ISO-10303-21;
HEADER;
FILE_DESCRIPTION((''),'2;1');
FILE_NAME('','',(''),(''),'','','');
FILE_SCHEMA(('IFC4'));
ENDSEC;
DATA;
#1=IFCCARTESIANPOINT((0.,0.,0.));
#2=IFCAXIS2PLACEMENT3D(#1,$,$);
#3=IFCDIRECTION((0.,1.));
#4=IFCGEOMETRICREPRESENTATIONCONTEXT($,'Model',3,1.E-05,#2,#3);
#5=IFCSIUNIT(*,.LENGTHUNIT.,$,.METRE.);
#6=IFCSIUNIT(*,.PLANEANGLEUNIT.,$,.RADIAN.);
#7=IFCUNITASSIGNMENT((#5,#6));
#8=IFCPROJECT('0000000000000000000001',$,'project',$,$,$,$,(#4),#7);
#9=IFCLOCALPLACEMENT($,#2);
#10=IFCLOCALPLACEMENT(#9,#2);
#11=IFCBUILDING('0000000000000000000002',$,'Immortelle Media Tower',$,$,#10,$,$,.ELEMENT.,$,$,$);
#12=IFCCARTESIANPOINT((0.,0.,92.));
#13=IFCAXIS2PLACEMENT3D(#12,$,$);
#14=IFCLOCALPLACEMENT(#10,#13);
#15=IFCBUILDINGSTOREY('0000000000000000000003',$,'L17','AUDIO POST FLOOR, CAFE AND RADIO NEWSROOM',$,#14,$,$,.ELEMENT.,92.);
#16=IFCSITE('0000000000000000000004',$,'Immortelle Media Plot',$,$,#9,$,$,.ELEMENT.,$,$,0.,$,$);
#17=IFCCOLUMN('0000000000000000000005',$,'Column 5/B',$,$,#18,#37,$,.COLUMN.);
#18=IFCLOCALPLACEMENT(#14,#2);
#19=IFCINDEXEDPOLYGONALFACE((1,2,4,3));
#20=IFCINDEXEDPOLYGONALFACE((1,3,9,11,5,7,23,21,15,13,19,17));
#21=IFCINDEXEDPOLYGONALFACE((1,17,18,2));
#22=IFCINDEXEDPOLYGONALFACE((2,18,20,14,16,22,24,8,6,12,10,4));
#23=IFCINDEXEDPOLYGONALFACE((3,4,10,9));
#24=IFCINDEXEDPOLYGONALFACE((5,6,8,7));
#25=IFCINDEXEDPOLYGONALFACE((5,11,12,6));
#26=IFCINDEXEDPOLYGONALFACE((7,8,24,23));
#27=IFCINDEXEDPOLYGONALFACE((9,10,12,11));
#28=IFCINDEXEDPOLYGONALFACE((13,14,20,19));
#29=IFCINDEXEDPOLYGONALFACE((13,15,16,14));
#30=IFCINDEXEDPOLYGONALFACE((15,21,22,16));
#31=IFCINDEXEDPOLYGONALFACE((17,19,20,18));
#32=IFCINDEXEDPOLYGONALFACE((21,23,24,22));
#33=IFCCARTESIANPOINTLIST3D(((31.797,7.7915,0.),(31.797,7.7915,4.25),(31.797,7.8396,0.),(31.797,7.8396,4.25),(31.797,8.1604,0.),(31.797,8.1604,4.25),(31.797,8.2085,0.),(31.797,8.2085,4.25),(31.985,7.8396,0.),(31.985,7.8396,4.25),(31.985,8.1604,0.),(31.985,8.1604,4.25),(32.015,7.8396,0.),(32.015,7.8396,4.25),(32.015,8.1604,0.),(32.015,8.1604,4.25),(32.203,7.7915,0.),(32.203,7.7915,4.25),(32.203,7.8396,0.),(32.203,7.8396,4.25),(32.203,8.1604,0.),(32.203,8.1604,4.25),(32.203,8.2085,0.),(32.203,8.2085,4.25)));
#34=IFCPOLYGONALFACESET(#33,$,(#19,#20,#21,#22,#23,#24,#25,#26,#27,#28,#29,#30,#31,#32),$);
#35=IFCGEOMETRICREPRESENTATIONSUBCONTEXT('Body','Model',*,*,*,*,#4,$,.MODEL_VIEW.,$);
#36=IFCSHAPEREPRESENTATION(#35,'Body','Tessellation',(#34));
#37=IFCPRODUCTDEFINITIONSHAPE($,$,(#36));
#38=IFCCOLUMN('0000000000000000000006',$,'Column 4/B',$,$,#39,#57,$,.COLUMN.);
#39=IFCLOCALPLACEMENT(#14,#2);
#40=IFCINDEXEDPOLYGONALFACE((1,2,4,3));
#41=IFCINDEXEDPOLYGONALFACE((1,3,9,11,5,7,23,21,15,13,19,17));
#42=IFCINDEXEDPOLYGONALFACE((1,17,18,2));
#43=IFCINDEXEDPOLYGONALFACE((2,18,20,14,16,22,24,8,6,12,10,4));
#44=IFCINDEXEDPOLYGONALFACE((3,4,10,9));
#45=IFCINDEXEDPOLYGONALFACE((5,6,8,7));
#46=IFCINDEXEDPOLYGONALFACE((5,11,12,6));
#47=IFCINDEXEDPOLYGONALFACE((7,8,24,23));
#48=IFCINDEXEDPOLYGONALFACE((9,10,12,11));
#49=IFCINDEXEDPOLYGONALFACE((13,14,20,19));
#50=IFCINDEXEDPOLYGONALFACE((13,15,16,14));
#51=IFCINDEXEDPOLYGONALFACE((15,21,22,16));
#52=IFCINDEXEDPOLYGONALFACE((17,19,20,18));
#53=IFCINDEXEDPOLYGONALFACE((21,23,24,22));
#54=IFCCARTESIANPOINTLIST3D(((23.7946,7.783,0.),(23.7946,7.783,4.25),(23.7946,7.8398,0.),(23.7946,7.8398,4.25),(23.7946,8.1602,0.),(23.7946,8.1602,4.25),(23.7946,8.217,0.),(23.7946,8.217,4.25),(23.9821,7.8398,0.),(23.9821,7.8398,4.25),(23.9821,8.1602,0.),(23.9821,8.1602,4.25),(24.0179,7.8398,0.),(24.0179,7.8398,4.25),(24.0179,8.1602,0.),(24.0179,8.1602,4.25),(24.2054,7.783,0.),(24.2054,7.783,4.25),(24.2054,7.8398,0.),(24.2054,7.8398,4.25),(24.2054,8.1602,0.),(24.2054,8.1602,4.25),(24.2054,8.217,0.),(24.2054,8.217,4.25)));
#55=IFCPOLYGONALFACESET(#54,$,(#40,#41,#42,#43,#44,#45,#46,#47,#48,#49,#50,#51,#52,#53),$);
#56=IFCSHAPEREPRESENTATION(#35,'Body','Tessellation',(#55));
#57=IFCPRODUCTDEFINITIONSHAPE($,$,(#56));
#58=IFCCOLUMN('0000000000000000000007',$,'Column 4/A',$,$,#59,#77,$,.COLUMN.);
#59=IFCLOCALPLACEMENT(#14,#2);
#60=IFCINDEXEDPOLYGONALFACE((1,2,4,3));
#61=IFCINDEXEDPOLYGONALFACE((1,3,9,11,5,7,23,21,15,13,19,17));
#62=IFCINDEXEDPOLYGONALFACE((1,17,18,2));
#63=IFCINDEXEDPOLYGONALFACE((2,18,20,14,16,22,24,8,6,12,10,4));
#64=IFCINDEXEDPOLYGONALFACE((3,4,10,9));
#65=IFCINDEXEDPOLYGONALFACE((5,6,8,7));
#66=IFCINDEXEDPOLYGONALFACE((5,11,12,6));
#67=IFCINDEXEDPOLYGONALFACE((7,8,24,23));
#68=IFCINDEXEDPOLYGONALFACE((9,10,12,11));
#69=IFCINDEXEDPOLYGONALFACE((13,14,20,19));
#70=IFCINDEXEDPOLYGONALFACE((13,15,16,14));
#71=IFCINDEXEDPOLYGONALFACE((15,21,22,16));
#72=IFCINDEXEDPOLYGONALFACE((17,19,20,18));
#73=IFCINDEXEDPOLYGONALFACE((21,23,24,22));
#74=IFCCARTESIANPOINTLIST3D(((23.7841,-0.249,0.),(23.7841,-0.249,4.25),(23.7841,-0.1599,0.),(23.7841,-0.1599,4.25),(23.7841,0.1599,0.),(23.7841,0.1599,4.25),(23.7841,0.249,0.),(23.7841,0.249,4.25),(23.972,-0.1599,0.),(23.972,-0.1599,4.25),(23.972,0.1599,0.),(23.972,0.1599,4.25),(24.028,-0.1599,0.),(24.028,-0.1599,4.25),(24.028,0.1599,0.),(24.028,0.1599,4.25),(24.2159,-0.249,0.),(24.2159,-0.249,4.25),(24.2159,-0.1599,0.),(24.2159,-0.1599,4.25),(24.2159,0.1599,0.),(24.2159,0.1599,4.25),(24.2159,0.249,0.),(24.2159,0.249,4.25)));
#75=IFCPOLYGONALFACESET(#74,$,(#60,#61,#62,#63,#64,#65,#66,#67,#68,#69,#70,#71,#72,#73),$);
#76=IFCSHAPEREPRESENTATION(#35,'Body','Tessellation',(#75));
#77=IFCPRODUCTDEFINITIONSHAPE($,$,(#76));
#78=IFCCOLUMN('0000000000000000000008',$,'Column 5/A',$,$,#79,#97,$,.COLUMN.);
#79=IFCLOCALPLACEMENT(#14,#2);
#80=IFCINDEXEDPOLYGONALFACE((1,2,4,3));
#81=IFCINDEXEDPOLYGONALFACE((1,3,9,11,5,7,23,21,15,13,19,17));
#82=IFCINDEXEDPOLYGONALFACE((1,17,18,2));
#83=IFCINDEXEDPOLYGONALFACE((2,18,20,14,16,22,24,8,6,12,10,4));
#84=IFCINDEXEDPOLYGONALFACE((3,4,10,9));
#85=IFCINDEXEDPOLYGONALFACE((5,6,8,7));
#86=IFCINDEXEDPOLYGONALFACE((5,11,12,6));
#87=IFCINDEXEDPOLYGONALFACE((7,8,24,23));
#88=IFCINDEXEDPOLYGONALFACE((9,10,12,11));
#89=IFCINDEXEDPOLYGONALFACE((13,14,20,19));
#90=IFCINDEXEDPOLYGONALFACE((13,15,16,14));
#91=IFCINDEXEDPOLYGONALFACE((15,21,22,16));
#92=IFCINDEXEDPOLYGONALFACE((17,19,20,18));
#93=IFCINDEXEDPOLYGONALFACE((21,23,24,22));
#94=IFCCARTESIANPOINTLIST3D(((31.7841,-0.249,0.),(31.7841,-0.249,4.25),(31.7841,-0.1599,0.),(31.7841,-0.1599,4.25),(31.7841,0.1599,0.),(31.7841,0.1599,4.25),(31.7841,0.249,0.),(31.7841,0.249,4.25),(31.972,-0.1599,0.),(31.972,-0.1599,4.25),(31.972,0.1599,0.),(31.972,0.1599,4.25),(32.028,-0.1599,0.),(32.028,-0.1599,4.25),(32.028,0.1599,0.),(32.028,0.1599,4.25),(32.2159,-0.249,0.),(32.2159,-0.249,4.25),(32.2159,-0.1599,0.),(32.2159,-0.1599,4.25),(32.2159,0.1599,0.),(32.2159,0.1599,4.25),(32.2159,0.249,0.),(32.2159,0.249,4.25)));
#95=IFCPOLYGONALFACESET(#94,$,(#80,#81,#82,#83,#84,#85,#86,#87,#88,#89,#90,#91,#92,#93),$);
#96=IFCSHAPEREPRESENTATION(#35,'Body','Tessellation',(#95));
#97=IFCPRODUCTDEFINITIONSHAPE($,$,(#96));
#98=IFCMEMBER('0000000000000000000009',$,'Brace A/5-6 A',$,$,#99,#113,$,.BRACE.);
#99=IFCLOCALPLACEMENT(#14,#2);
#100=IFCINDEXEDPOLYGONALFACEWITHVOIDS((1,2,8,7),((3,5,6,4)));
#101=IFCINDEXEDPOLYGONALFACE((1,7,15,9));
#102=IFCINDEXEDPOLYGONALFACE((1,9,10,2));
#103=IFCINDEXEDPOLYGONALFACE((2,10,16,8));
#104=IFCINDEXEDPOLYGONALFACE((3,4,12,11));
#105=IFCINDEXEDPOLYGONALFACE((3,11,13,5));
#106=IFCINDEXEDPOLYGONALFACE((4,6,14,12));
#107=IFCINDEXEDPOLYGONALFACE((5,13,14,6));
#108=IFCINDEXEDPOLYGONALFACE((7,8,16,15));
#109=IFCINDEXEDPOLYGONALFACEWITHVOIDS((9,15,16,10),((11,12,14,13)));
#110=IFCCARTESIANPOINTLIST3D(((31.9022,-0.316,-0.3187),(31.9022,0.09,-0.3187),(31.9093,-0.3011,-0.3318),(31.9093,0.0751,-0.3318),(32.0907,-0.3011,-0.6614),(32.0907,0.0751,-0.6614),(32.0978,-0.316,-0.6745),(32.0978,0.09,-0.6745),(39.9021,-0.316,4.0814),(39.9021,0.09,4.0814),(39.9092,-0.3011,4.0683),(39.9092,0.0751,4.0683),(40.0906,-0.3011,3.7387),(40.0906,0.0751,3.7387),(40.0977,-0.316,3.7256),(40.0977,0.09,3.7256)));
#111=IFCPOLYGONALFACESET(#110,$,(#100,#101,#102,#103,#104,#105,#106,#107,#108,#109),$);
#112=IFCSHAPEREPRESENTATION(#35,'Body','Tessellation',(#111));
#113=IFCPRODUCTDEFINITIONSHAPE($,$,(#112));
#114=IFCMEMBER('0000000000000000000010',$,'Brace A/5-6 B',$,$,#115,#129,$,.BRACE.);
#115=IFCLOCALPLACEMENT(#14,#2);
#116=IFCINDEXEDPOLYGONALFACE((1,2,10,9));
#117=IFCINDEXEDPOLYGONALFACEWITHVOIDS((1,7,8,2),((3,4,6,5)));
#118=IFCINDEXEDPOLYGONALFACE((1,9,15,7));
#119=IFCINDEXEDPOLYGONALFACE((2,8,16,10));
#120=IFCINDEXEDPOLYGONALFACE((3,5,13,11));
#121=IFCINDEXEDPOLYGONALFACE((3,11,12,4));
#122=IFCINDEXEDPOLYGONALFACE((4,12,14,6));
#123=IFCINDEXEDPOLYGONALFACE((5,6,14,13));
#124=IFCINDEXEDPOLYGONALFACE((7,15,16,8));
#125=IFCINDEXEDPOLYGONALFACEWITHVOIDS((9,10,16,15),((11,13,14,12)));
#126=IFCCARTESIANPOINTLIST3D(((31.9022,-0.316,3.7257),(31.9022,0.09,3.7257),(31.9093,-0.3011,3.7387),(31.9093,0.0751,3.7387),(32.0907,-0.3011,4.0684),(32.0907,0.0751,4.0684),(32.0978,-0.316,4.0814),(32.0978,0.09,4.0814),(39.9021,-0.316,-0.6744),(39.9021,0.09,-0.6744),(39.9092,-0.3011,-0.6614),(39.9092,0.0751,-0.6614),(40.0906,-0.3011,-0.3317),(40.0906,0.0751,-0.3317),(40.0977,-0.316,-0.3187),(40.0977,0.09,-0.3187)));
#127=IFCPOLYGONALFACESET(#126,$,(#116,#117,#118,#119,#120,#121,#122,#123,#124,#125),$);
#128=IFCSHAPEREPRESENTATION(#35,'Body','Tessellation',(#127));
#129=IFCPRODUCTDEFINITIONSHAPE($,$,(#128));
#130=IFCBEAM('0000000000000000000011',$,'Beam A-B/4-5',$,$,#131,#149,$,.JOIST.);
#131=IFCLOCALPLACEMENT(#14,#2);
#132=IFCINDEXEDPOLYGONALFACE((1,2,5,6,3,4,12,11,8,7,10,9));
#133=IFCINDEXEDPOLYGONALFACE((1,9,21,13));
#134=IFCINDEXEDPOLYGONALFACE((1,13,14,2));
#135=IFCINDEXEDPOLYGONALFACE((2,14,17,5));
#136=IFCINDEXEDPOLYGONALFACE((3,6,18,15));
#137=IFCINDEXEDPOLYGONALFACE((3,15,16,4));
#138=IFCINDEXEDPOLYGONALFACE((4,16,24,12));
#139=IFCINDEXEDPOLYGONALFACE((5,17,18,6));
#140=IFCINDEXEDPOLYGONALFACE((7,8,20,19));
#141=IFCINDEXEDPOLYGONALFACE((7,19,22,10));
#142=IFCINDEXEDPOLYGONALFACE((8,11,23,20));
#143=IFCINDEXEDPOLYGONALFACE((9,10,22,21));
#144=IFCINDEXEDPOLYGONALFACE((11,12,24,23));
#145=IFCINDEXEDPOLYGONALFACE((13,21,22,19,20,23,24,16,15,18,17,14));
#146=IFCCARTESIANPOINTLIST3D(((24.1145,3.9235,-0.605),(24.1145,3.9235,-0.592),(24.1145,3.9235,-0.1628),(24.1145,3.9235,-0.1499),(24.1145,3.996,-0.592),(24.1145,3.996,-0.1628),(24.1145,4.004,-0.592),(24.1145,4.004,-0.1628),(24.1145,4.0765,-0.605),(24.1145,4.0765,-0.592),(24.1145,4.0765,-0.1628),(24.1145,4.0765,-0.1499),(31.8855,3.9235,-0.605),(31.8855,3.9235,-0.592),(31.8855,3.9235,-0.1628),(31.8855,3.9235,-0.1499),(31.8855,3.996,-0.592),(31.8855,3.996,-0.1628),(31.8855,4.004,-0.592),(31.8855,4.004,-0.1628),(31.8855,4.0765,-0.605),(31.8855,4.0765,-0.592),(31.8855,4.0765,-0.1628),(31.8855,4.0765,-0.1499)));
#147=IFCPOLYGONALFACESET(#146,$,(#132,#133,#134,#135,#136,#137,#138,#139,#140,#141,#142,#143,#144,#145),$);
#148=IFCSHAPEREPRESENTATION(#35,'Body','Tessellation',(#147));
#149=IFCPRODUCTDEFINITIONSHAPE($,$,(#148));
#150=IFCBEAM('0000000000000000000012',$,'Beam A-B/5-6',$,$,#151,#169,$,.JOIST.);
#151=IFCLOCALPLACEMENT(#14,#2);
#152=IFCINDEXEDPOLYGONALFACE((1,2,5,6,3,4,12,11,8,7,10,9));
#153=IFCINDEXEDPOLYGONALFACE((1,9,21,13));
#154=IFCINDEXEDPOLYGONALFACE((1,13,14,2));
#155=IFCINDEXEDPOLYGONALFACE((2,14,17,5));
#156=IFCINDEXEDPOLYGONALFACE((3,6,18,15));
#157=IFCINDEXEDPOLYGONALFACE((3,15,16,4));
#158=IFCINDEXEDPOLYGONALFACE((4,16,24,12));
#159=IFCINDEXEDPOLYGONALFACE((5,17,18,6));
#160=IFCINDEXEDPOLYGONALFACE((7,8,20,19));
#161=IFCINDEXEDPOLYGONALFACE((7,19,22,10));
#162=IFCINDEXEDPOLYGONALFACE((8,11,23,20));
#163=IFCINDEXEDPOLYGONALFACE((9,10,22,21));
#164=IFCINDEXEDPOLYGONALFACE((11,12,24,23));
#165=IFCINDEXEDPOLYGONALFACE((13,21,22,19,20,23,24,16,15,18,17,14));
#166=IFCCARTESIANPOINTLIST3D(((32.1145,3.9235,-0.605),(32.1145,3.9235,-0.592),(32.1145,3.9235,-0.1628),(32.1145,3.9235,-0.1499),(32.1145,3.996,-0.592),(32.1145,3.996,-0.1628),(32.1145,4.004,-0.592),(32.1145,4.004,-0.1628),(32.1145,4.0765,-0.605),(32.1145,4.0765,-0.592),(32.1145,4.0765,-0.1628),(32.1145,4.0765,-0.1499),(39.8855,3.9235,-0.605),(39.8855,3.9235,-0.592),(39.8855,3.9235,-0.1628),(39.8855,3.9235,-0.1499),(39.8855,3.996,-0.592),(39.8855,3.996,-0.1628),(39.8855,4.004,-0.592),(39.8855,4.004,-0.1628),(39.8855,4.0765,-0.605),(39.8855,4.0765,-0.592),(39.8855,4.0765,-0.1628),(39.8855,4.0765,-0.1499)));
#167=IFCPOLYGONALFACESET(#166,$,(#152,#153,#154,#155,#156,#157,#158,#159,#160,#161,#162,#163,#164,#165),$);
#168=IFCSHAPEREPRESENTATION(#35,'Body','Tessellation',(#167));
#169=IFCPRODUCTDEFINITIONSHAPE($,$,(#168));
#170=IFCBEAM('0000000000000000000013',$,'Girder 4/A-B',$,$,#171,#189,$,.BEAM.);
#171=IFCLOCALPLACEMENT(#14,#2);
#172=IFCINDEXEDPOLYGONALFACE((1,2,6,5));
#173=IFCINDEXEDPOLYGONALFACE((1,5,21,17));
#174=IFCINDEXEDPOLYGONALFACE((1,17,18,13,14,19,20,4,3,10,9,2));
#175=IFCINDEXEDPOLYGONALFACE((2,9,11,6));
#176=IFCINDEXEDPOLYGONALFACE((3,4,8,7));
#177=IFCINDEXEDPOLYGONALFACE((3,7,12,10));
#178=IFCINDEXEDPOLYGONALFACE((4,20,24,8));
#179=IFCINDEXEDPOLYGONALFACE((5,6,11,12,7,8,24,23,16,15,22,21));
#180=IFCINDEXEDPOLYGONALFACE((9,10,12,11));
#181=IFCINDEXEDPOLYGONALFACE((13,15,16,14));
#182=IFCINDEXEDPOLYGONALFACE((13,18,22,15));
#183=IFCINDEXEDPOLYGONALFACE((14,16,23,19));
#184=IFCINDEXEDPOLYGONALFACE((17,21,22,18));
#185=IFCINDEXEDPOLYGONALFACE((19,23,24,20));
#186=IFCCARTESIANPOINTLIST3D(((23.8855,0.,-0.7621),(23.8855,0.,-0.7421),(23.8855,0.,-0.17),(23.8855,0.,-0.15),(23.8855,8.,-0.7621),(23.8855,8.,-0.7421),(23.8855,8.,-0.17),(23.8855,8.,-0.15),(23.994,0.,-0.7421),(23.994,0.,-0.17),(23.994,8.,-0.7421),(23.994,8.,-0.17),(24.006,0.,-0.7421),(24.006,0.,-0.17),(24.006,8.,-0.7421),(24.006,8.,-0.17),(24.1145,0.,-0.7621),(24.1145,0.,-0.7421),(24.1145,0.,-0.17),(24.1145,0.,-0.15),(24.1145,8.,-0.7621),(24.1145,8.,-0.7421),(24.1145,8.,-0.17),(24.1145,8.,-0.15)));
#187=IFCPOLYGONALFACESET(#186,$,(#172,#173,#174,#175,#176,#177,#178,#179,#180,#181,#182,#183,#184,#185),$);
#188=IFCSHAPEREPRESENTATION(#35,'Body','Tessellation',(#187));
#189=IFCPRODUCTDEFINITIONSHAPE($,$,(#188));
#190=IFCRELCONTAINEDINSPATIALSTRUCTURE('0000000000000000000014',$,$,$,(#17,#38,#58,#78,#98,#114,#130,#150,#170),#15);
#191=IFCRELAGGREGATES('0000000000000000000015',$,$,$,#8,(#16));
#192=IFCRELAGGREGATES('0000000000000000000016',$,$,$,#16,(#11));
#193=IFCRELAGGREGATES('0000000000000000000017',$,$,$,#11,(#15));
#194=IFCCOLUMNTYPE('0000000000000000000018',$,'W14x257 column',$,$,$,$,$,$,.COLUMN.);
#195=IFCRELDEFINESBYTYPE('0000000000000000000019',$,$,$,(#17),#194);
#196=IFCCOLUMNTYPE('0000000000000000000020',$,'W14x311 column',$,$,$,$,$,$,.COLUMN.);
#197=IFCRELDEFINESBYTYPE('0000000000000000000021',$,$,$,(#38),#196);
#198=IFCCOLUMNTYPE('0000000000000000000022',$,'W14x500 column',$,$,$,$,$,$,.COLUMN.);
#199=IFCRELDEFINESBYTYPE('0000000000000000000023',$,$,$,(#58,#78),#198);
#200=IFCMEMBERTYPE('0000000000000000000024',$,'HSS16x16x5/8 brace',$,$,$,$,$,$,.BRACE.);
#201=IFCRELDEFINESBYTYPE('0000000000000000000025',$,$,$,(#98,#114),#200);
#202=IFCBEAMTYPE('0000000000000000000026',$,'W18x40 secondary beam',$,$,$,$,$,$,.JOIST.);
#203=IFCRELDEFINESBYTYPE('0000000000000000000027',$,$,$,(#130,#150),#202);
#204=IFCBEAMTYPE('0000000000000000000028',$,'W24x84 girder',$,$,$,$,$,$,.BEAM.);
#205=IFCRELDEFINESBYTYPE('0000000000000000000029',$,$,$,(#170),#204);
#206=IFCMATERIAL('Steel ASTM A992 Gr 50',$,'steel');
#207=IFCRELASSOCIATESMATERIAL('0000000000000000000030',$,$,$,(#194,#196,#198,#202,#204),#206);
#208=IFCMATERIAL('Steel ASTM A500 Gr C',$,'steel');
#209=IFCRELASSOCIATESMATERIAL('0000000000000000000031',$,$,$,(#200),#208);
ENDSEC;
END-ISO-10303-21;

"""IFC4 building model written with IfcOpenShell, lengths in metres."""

from ifc_helpers import new_model, si_unit, direction, frame, origin, origin_2d, place, context, subcontext, project, spatial, hollow_rectangle, i_section, extrude, material, material_profile, profile_set, type_object, element, save


model = new_model("IFC4")

# Units and contexts
model_context = context("Model", 3, precision=1e-05, world=origin(), true_north=direction((0.0, 1.0)))
body_context = subcontext(model_context, "Body", "Model", "MODEL_VIEW")
ifc_project = project(units=[si_unit("LENGTHUNIT", "METRE"), si_unit("PLANEANGLEUNIT", "RADIAN")], contexts=[model_context])

# Site, building, storey
site_placement = place(None, origin())
site = spatial("IfcSite", under=ifc_project, at=site_placement, Name="Immortelle Media Plot", CompositionType="ELEMENT", RefElevation=0.0)
building_placement = place(site_placement, origin())
building = spatial("IfcBuilding", under=site, at=building_placement, Name="Immortelle Media Tower", CompositionType="ELEMENT")
storey_placement = place(building_placement, frame((0.0, 0.0, 92.0)))
storey = spatial("IfcBuildingStorey", under=building, at=storey_placement, Name="L17", Description="AUDIO POST FLOOR, CAFE AND RADIO NEWSROOM", CompositionType="ELEMENT", Elevation=92.0)

# Columns
ifc_material_1 = material(Name="Steel ASTM A992 Gr 50", Category="steel")
ifc_material_profile_1 = material_profile(ifc_material_1, i_section(OverallWidth=0.406, OverallDepth=0.417, WebThickness=0.03, FlangeThickness=0.0481, at=origin_2d()), Name="W14x257")
ifc_profile_set_1 = profile_set([ifc_material_profile_1], Name="Steel ASTM A992 Gr 50")
column_type_1 = type_object("IfcColumnType", Name="W14x257 column", PredefinedType="COLUMN", material=ifc_profile_set_1)
column_1_placement = place(storey_placement, frame((32.0, 8.0, 0.0), z_axis=(0.0, 0.0, 1.0), x_axis=(1.0, 0.0, 0.0)))
element("IfcColumn", 1, at=column_1_placement, inside=storey, type_object=column_type_1, Name="Column 5/B", PredefinedType="COLUMN", context=body_context, shape_type="SweptSolid", body=[
    extrude(i_section(OverallWidth=0.406, OverallDepth=0.417, WebThickness=0.03, FlangeThickness=0.0481, at=origin_2d()), origin(), (0.0, 0.0, 1.0), 4.25),
])
ifc_material_profile_2 = material_profile(ifc_material_1, i_section(OverallWidth=0.4109, OverallDepth=0.4341, WebThickness=0.0359, FlangeThickness=0.0569, at=origin_2d()), Name="W14x311")
ifc_profile_set_2 = profile_set([ifc_material_profile_2], Name="Steel ASTM A992 Gr 50")
column_type_2 = type_object("IfcColumnType", Name="W14x311 column", PredefinedType="COLUMN", material=ifc_profile_set_2)
column_2_placement = place(storey_placement, frame((24.0, 8.0, 0.0), z_axis=(0.0, 0.0, 1.0), x_axis=(1.0, 0.0, 0.0)))
element("IfcColumn", 2, at=column_2_placement, inside=storey, type_object=column_type_2, Name="Column 4/B", PredefinedType="COLUMN", context=body_context, shape_type="SweptSolid", body=[
    extrude(i_section(OverallWidth=0.4109, OverallDepth=0.4341, WebThickness=0.0359, FlangeThickness=0.0569, at=origin_2d()), origin(), (0.0, 0.0, 1.0), 4.25),
])
ifc_material_profile_3 = material_profile(ifc_material_1, i_section(OverallWidth=0.4319, OverallDepth=0.498, WebThickness=0.0559, FlangeThickness=0.0891, at=origin_2d()), Name="W14x500")
ifc_profile_set_3 = profile_set([ifc_material_profile_3], Name="Steel ASTM A992 Gr 50")
column_type_3 = type_object("IfcColumnType", Name="W14x500 column", PredefinedType="COLUMN", material=ifc_profile_set_3)
for number, where, z_axis, x_axis, name in (
    (3, (24.0, 0.0, 0.0), (0.0, 0.0, 1.0), (1.0, 0.0, 0.0), "Column 4/A"),
    (4, (32.0, 0.0, 0.0), (0.0, 0.0, 1.0), (1.0, 0.0, 0.0), "Column 5/A"),
):
    element("IfcColumn", number, at=place(storey_placement, frame(where, z_axis=z_axis, x_axis=x_axis)), inside=storey, type_object=column_type_3, Name=name, PredefinedType="COLUMN", context=body_context, shape_type="SweptSolid", body=[
        extrude(i_section(OverallWidth=0.4319, OverallDepth=0.498, WebThickness=0.0559, FlangeThickness=0.0891, at=origin_2d()), origin(), (0.0, 0.0, 1.0), 4.25),
    ])

# Members
ifc_material_2 = material(Name="Steel ASTM A500 Gr C", Category="steel")
ifc_material_profile_4 = material_profile(ifc_material_2, hollow_rectangle(XDim=0.406, YDim=0.406, WallThickness=0.0149, at=origin_2d()), Name="HSS16x16x5/8 brace")
ifc_profile_set_4 = profile_set([ifc_material_profile_4], Name="Steel ASTM A500 Gr C")
member_type = type_object("IfcMemberType", Name="HSS16x16x5/8 brace", PredefinedType="BRACE", material=ifc_profile_set_4)
for number, where, z_axis, x_axis, name in (
    (5, (32.0, -0.113, -0.4966), (0.876209, 0.0, 0.481931), (0.0, 1.0, 0.0), "Brace A/5-6 A"),
    (6, (32.0, -0.113, 3.9036), (0.876209, 0.0, -0.481931), (0.0, 1.0, 0.0), "Brace A/5-6 B"),
):
    element("IfcMember", number, at=place(storey_placement, frame(where, z_axis=z_axis, x_axis=x_axis)), inside=storey, type_object=member_type, Name=name, PredefinedType="BRACE", context=body_context, shape_type="SweptSolid", body=[
        extrude(hollow_rectangle(XDim=0.406, YDim=0.406, WallThickness=0.0149, at=origin_2d()), origin(), (0.0, 0.0, 1.0), 9.1301),
    ])

# Beams
ifc_material_profile_5 = material_profile(ifc_material_1, i_section(OverallWidth=0.1531, OverallDepth=0.4551, WebThickness=0.0081, FlangeThickness=0.0129, at=origin_2d()), Name="W18x40")
ifc_profile_set_5 = profile_set([ifc_material_profile_5], Name="Steel ASTM A992 Gr 50")
beam_type_1 = type_object("IfcBeamType", Name="W18x40 secondary beam", PredefinedType="JOIST", material=ifc_profile_set_5)
for number, where, z_axis, x_axis, name in (
    (7, (24.1145, 4.0, -0.3774), (1.0, 0.0, 0.0), (0.0, 1.0, 0.0), "Beam A-B/4-5"),
    (8, (32.1145, 4.0, -0.3774), (1.0, 0.0, 0.0), (0.0, 1.0, 0.0), "Beam A-B/5-6"),
):
    element("IfcBeam", number, at=place(storey_placement, frame(where, z_axis=z_axis, x_axis=x_axis)), inside=storey, type_object=beam_type_1, Name=name, PredefinedType="JOIST", context=body_context, shape_type="SweptSolid", body=[
        extrude(i_section(OverallWidth=0.1531, OverallDepth=0.4551, WebThickness=0.0081, FlangeThickness=0.0129, at=origin_2d()), origin(), (0.0, 0.0, 1.0), 7.771),
    ])
ifc_material_profile_6 = material_profile(ifc_material_1, i_section(OverallWidth=0.229, OverallDepth=0.6121, WebThickness=0.012, FlangeThickness=0.02, at=origin_2d()), Name="W24x84")
ifc_profile_set_6 = profile_set([ifc_material_profile_6], Name="Steel ASTM A992 Gr 50")
beam_type_2 = type_object("IfcBeamType", Name="W24x84 girder", PredefinedType="BEAM", material=ifc_profile_set_6)
for number, where, z_axis, x_axis, name in (
    (9, (24.0, 0.0, -0.4561), (0.0, 1.0, 0.0), (-1.0, 0.0, 0.0), "Girder 4/A-B"),
):
    element("IfcBeam", number, at=place(storey_placement, frame(where, z_axis=z_axis, x_axis=x_axis)), inside=storey, type_object=beam_type_2, Name=name, PredefinedType="BEAM", context=body_context, shape_type="SweptSolid", body=[
        extrude(i_section(OverallWidth=0.229, OverallDepth=0.6121, WebThickness=0.012, FlangeThickness=0.02, at=origin_2d()), origin(), (0.0, 0.0, 1.0), 8.0),
    ])

save(model, "model.ifc")
